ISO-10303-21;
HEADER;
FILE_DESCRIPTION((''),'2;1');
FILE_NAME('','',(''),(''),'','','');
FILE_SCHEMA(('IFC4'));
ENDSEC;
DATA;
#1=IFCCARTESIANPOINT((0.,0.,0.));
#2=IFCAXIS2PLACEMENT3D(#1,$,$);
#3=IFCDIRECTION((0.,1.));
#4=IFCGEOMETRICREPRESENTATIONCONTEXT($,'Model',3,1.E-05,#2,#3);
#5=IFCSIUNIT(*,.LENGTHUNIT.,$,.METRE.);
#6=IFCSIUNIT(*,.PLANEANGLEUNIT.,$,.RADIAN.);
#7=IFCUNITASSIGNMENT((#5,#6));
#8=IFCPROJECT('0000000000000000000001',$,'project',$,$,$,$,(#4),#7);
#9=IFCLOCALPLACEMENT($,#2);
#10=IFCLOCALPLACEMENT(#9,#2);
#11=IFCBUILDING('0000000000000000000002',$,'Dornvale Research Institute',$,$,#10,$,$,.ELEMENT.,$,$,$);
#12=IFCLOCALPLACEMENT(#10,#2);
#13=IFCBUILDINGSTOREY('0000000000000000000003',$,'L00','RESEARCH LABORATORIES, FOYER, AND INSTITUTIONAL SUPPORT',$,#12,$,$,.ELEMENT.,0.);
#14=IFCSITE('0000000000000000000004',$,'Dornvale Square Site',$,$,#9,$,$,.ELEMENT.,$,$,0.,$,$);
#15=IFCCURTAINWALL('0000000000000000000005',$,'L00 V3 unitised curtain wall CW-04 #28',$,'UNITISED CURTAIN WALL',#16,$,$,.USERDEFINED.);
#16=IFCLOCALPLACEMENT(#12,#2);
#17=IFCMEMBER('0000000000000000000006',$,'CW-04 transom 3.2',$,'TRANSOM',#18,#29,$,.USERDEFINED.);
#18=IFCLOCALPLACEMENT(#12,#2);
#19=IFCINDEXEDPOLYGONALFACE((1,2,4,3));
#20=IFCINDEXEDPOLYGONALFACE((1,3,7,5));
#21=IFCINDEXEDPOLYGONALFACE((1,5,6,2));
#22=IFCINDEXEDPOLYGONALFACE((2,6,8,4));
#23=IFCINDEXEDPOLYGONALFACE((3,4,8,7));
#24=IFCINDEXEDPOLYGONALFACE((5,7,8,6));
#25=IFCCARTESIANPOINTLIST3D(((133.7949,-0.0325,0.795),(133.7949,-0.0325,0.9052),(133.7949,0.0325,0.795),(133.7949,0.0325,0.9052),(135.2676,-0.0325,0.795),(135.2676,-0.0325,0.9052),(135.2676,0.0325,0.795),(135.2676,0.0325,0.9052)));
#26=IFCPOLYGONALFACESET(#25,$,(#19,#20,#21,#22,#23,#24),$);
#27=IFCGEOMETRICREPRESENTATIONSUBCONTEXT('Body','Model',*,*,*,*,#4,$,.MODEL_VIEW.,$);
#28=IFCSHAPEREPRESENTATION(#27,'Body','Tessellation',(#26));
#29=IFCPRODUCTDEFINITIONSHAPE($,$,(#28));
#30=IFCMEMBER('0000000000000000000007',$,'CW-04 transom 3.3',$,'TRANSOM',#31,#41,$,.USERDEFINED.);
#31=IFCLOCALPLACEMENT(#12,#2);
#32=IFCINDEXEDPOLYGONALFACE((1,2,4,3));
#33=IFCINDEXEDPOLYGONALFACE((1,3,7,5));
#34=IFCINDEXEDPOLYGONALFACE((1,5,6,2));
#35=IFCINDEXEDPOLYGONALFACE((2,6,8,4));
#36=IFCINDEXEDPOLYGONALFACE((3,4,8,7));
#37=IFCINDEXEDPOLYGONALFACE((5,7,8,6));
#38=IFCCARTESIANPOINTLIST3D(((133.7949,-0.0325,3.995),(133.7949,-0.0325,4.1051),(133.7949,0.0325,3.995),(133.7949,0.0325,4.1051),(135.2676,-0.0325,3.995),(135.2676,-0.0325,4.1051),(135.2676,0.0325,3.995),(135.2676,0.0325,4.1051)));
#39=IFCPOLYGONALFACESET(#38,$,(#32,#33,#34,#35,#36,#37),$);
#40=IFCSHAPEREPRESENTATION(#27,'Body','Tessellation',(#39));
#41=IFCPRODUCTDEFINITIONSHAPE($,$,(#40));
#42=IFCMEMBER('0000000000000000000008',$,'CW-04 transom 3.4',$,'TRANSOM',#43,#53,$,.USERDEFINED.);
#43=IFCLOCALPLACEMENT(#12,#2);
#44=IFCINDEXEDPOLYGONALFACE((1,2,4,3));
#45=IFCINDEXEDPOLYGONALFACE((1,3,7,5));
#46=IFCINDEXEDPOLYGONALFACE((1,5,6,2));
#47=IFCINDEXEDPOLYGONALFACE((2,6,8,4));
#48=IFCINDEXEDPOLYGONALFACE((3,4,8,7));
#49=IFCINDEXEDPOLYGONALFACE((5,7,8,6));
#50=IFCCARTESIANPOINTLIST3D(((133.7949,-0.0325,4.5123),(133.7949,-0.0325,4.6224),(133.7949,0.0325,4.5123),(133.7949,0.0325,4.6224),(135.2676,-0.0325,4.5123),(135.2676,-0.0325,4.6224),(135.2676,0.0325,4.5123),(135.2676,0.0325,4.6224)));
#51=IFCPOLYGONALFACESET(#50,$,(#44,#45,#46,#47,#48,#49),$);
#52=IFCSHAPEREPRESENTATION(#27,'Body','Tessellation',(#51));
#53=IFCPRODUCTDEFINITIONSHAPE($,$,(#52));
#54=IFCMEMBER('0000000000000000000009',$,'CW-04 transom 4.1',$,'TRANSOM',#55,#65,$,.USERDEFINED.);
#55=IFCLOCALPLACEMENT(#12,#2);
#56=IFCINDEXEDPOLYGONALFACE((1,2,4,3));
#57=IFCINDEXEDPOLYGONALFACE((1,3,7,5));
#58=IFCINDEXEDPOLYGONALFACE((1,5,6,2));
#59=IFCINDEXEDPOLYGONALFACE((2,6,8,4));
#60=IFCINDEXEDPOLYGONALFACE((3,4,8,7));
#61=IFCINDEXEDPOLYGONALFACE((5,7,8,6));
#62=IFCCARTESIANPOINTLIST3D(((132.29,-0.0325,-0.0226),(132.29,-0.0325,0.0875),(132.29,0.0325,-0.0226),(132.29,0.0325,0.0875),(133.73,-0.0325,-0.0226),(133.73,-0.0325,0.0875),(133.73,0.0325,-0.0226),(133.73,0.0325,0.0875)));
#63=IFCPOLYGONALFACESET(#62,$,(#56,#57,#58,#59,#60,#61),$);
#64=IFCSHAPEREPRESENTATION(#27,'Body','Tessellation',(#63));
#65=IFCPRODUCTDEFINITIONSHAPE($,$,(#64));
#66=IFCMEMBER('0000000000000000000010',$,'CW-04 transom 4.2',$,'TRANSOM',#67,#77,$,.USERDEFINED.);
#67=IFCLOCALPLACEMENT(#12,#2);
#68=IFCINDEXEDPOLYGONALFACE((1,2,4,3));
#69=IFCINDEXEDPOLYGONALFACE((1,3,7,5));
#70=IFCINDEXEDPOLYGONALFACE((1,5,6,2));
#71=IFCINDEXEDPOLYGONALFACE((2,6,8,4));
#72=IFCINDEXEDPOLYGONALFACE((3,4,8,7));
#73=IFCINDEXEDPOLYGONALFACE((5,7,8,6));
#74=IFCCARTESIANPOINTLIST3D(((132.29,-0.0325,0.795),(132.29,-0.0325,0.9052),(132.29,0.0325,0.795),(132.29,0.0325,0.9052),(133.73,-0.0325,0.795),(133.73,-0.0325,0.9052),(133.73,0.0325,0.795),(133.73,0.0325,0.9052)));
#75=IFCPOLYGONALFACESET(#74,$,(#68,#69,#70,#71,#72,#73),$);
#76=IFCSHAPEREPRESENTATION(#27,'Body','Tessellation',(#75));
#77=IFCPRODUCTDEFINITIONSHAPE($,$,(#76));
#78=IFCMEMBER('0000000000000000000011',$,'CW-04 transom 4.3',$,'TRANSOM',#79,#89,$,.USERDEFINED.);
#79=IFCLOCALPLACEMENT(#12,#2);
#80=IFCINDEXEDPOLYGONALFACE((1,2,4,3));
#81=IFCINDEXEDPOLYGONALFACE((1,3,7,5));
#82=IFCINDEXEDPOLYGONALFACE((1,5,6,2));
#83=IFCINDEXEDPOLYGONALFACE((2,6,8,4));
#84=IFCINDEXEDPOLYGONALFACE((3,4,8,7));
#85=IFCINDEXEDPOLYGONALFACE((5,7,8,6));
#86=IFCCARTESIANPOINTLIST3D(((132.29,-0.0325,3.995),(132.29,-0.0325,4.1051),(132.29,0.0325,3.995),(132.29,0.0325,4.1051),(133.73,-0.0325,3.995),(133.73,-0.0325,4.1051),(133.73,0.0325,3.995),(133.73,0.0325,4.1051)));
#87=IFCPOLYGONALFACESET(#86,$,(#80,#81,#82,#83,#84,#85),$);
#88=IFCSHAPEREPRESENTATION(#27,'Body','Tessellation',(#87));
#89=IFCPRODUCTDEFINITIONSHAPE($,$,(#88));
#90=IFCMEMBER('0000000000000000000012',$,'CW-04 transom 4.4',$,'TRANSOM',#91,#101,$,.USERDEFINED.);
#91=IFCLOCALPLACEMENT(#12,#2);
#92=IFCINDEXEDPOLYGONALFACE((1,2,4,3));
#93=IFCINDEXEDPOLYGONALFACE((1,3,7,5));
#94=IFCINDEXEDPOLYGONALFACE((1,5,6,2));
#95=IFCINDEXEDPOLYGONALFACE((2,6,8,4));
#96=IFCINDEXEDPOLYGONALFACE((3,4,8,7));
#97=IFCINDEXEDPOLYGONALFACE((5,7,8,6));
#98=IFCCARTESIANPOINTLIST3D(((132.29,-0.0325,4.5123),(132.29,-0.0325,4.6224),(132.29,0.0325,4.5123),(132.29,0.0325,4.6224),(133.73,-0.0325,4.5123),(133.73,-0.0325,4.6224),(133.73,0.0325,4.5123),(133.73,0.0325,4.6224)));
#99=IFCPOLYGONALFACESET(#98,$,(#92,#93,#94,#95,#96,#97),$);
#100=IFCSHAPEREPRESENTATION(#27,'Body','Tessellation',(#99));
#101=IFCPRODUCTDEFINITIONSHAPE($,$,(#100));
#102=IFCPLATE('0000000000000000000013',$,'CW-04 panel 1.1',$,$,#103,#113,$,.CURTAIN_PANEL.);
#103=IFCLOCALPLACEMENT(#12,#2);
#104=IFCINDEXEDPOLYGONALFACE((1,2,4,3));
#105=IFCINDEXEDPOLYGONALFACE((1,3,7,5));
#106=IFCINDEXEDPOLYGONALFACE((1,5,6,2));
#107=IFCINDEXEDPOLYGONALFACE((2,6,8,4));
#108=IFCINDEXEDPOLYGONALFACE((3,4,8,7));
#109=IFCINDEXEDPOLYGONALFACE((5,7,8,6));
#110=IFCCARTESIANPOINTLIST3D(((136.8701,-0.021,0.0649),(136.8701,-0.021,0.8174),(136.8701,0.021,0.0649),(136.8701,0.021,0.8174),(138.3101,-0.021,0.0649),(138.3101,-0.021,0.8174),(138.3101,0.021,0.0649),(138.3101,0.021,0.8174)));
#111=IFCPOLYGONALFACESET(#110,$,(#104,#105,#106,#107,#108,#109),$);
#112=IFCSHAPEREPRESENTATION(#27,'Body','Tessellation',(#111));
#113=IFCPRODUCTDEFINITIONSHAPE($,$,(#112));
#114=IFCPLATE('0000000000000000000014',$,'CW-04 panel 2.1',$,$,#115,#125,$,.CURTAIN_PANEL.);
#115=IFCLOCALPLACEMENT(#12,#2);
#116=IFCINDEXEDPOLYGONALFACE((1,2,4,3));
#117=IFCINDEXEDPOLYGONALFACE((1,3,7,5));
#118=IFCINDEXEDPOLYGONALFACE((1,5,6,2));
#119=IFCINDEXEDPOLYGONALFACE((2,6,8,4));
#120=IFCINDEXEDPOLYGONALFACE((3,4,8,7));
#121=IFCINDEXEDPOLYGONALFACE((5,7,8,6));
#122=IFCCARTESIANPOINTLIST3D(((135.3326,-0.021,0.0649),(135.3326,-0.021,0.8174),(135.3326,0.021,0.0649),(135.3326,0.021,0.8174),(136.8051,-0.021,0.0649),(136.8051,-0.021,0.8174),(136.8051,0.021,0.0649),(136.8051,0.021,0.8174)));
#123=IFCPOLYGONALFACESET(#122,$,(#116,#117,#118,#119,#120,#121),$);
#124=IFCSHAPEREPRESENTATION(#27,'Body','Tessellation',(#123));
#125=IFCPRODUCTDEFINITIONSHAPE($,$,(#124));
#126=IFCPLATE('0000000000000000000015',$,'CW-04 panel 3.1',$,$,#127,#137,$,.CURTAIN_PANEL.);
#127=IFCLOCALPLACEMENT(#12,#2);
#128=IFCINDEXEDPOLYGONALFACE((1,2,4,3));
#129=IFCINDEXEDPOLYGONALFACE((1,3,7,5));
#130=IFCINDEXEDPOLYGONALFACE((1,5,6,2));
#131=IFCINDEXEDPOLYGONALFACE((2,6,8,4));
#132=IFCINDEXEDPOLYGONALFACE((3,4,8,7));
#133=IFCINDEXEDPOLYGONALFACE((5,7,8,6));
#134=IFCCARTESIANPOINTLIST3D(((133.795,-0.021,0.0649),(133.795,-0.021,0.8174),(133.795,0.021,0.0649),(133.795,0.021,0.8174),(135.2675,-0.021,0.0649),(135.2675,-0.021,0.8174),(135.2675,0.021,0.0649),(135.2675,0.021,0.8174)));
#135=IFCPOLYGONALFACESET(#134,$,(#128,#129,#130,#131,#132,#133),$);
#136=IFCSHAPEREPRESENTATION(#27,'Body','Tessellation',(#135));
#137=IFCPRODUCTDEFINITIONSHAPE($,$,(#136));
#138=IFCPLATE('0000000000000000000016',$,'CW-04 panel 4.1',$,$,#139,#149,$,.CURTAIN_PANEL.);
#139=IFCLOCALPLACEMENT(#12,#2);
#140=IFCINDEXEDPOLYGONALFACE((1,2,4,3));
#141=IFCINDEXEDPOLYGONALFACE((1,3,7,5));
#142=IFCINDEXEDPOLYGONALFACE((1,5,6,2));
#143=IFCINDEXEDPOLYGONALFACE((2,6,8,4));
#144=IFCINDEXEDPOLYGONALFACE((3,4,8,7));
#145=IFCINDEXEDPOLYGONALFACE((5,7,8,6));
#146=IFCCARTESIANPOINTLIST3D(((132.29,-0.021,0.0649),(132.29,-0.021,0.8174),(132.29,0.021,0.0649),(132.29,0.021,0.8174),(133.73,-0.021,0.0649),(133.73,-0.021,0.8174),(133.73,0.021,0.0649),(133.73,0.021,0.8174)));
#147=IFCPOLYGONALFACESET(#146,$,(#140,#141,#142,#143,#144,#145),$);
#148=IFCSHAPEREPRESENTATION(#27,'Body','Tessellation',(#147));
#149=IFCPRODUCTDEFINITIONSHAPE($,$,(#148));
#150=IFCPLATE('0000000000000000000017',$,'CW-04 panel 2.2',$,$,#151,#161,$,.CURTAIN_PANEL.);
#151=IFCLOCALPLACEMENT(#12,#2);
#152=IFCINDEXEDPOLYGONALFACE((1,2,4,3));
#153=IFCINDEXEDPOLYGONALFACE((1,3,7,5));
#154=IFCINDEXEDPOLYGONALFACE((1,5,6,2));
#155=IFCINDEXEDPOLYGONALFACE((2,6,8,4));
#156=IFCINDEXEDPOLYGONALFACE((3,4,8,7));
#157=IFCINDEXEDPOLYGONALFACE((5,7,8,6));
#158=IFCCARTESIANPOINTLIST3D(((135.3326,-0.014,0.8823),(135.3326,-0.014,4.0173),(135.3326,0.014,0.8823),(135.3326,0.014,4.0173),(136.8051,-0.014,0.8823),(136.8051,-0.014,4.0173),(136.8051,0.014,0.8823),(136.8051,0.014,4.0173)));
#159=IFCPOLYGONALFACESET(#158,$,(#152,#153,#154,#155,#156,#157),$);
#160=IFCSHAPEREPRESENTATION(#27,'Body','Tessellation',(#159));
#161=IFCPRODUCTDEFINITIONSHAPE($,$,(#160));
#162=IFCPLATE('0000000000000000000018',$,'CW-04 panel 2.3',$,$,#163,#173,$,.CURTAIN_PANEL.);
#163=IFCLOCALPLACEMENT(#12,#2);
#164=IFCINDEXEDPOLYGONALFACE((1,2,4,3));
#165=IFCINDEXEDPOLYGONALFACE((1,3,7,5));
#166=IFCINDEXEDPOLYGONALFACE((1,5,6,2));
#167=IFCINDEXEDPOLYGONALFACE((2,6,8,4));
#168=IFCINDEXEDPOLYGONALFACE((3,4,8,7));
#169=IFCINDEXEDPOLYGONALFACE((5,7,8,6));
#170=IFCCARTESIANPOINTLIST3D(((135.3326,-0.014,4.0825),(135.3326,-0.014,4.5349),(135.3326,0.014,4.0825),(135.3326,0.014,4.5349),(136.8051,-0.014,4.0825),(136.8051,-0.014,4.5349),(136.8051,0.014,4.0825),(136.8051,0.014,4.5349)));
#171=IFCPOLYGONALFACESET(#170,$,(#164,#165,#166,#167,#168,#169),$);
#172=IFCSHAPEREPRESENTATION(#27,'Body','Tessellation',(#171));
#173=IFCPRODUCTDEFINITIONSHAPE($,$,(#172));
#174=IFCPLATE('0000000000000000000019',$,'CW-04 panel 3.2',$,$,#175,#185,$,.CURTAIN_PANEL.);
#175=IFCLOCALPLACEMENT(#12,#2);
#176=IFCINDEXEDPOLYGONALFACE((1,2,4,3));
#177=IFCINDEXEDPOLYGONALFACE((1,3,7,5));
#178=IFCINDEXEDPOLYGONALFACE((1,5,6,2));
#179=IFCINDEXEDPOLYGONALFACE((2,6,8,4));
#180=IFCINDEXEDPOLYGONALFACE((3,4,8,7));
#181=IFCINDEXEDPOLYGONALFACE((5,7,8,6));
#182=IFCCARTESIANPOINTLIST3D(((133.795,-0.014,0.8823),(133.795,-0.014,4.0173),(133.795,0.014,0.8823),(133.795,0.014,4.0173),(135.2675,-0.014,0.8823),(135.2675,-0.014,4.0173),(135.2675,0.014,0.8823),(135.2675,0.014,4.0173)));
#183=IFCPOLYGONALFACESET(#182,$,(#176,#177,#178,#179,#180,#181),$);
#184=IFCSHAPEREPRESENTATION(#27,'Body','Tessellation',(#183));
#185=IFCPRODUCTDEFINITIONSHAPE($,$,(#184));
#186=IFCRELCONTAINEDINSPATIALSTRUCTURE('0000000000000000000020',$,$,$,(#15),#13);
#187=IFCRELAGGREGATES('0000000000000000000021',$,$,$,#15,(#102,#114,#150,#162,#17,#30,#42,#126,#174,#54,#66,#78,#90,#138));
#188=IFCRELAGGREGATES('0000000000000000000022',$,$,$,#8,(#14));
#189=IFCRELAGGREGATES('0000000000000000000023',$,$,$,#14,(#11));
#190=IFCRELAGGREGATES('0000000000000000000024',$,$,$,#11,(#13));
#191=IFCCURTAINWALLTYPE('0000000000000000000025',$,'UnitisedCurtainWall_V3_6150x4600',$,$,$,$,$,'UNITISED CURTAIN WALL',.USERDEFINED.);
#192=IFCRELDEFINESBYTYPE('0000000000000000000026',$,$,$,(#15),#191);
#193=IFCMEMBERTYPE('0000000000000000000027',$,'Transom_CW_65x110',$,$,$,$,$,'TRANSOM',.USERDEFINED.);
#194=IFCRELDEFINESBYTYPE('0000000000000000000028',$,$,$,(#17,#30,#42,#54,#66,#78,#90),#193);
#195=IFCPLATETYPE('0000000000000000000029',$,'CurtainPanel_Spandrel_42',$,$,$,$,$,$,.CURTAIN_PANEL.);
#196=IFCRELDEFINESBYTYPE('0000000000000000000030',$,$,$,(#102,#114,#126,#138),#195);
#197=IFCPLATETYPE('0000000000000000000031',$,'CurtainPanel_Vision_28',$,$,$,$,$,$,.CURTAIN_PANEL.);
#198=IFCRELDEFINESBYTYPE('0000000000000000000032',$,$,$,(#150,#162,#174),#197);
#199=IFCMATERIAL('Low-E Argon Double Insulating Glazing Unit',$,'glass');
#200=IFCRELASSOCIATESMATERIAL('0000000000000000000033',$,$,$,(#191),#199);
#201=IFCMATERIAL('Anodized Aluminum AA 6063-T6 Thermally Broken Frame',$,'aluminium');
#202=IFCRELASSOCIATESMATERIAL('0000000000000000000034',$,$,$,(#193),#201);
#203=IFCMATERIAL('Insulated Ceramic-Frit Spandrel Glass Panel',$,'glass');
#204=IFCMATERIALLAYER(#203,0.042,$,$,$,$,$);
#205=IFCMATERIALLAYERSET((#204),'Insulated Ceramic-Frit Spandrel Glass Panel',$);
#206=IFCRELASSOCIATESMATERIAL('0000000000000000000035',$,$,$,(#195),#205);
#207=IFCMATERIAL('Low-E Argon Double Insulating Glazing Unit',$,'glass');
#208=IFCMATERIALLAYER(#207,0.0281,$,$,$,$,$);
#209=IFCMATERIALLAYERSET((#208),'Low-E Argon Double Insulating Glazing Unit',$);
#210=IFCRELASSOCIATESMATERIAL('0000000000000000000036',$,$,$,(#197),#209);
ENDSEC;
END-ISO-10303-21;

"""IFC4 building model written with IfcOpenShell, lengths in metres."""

from ifc_helpers import new_model, si_unit, direction, frame, origin, origin_2d, place, context, subcontext, project, spatial, rectangle, extrude, material, layer, layer_set, material_profile, profile_set, type_object, element, aggregate, save


model = new_model("IFC4")

# Units and contexts
model_context = context("Model", 3, precision=1e-05, world=origin(), true_north=direction((0.0, 1.0)))
body_context = subcontext(model_context, "Body", "Model", "MODEL_VIEW")
ifc_project = project(units=[si_unit("LENGTHUNIT", "METRE"), si_unit("PLANEANGLEUNIT", "RADIAN")], contexts=[model_context])

# Site, building, storey
site_placement = place(None, origin())
site = spatial("IfcSite", under=ifc_project, at=site_placement, Name="Dornvale Square Site", CompositionType="ELEMENT", RefElevation=0.0)
building_placement = place(site_placement, origin())
building = spatial("IfcBuilding", under=site, at=building_placement, Name="Dornvale Research Institute", CompositionType="ELEMENT")
storey_placement = place(building_placement, origin())
storey = spatial("IfcBuildingStorey", under=building, at=storey_placement, Name="L00", Description="RESEARCH LABORATORIES, FOYER, AND INSTITUTIONAL SUPPORT", CompositionType="ELEMENT", Elevation=0.0)

# Curtain wall, members, plates
ifc_material_1 = material(Name="Low-E Argon Double Insulating Glazing Unit", Category="glass")
curtain_wall_type = type_object("IfcCurtainWallType", Name="UnitisedCurtainWall_V3_6150x4600", ElementType="UNITISED CURTAIN WALL", PredefinedType="USERDEFINED", material=ifc_material_1)
curtain_wall_placement = place(storey_placement, origin())
curtain_wall = element("IfcCurtainWall", 1, at=curtain_wall_placement, inside=storey, type_object=curtain_wall_type, Name="L00 V3 unitised curtain wall CW-04 #28", ObjectType="UNITISED CURTAIN WALL", PredefinedType="USERDEFINED")
ifc_material_2 = material(Name="Anodized Aluminum AA 6063-T6 Thermally Broken Frame", Category="aluminium")
ifc_material_profile_1 = material_profile(ifc_material_2, rectangle(XDim=0.0649, YDim=0.1101, at=origin_2d()), Name="ALU TRANSOM 65x110")
ifc_profile_set_1 = profile_set([ifc_material_profile_1], Name="Anodized Aluminum AA 6063-T6 Thermally Broken Frame")
member_type_1 = type_object("IfcMemberType", Name="Transom_CW_65x110", ElementType="TRANSOM", PredefinedType="USERDEFINED", material=ifc_profile_set_1)
member_1_placement = place(storey_placement, frame((135.2676, 0.0, 0.8501), z_axis=(-1.0, 0.0, 0.0), x_axis=(0.0, -1.0, 0.0)))
member_1 = element("IfcMember", 2, at=member_1_placement, type_object=member_type_1, Name="CW-04 transom 3.2", ObjectType="TRANSOM", PredefinedType="USERDEFINED", context=body_context, shape_type="SweptSolid", body=[
    extrude(rectangle(XDim=0.0649, YDim=0.1101, at=origin_2d()), origin(), (0.0, 0.0, 1.0), 1.4727),
])
member_2_placement = place(storey_placement, frame((135.2676, 0.0, 4.05), z_axis=(-1.0, 0.0, 0.0), x_axis=(0.0, -1.0, 0.0)))
member_2 = element("IfcMember", 3, at=member_2_placement, type_object=member_type_1, Name="CW-04 transom 3.3", ObjectType="TRANSOM", PredefinedType="USERDEFINED", context=body_context, shape_type="SweptSolid", body=[
    extrude(rectangle(XDim=0.0649, YDim=0.1101, at=origin_2d()), origin(), (0.0, 0.0, 1.0), 1.4727),
])
member_3_placement = place(storey_placement, frame((135.2676, 0.0, 4.5674), z_axis=(-1.0, 0.0, 0.0), x_axis=(0.0, -1.0, 0.0)))
member_3 = element("IfcMember", 4, at=member_3_placement, type_object=member_type_1, Name="CW-04 transom 3.4", ObjectType="TRANSOM", PredefinedType="USERDEFINED", context=body_context, shape_type="SweptSolid", body=[
    extrude(rectangle(XDim=0.0649, YDim=0.1101, at=origin_2d()), origin(), (0.0, 0.0, 1.0), 1.4727),
])
member_4_placement = place(storey_placement, frame((133.73, 0.0, 0.0325), z_axis=(-1.0, 0.0, 0.0), x_axis=(0.0, -1.0, 0.0)))
member_4 = element("IfcMember", 5, at=member_4_placement, type_object=member_type_1, Name="CW-04 transom 4.1", ObjectType="TRANSOM", PredefinedType="USERDEFINED", context=body_context, shape_type="SweptSolid", body=[
    extrude(rectangle(XDim=0.0649, YDim=0.1101, at=origin_2d()), origin(), (0.0, 0.0, 1.0), 1.4399),
])
member_5_placement = place(storey_placement, frame((133.73, 0.0, 0.8501), z_axis=(-1.0, 0.0, 0.0), x_axis=(0.0, -1.0, 0.0)))
member_5 = element("IfcMember", 6, at=member_5_placement, type_object=member_type_1, Name="CW-04 transom 4.2", ObjectType="TRANSOM", PredefinedType="USERDEFINED", context=body_context, shape_type="SweptSolid", body=[
    extrude(rectangle(XDim=0.0649, YDim=0.1101, at=origin_2d()), origin(), (0.0, 0.0, 1.0), 1.4399),
])
member_6_placement = place(storey_placement, frame((133.73, 0.0, 4.05), z_axis=(-1.0, 0.0, 0.0), x_axis=(0.0, -1.0, 0.0)))
member_6 = element("IfcMember", 7, at=member_6_placement, type_object=member_type_1, Name="CW-04 transom 4.3", ObjectType="TRANSOM", PredefinedType="USERDEFINED", context=body_context, shape_type="SweptSolid", body=[
    extrude(rectangle(XDim=0.0649, YDim=0.1101, at=origin_2d()), origin(), (0.0, 0.0, 1.0), 1.4399),
])
member_7_placement = place(storey_placement, frame((133.73, 0.0, 4.5674), z_axis=(-1.0, 0.0, 0.0), x_axis=(0.0, -1.0, 0.0)))
member_7 = element("IfcMember", 8, at=member_7_placement, type_object=member_type_1, Name="CW-04 transom 4.4", ObjectType="TRANSOM", PredefinedType="USERDEFINED", context=body_context, shape_type="SweptSolid", body=[
    extrude(rectangle(XDim=0.0649, YDim=0.1101, at=origin_2d()), origin(), (0.0, 0.0, 1.0), 1.4399),
])
ifc_material_3 = material(Name="Insulated Ceramic-Frit Spandrel Glass Panel", Category="glass")
ifc_layer_1 = layer(ifc_material_3, 0.042)
ifc_layer_set_1 = layer_set([ifc_layer_1], Name="Insulated Ceramic-Frit Spandrel Glass Panel")
plate_type_1 = type_object("IfcPlateType", Name="CurtainPanel_Spandrel_42", PredefinedType="CURTAIN_PANEL", material=ifc_layer_set_1)
plate_1_placement = place(storey_placement, frame((137.5901, 0.0, 0.0649), z_axis=(0.0, 0.0, 1.0), x_axis=(-1.0, 0.0, 0.0)))
plate_1 = element("IfcPlate", 9, at=plate_1_placement, type_object=plate_type_1, Name="CW-04 panel 1.1", PredefinedType="CURTAIN_PANEL", context=body_context, shape_type="SweptSolid", body=[
    extrude(rectangle(XDim=1.4399, YDim=0.042, at=origin_2d()), origin(), (0.0, 0.0, 1.0), 0.7524),
])
plate_2_placement = place(storey_placement, frame((136.0688, 0.0, 0.0649), z_axis=(0.0, 0.0, 1.0), x_axis=(-1.0, 0.0, 0.0)))
plate_2 = element("IfcPlate", 10, at=plate_2_placement, type_object=plate_type_1, Name="CW-04 panel 2.1", PredefinedType="CURTAIN_PANEL", context=body_context, shape_type="SweptSolid", body=[
    extrude(rectangle(XDim=1.4724, YDim=0.042, at=origin_2d()), origin(), (0.0, 0.0, 1.0), 0.7524),
])
plate_3_placement = place(storey_placement, frame((134.5312, 0.0, 0.0649), z_axis=(0.0, 0.0, 1.0), x_axis=(-1.0, 0.0, 0.0)))
plate_3 = element("IfcPlate", 11, at=plate_3_placement, type_object=plate_type_1, Name="CW-04 panel 3.1", PredefinedType="CURTAIN_PANEL", context=body_context, shape_type="SweptSolid", body=[
    extrude(rectangle(XDim=1.4724, YDim=0.042, at=origin_2d()), origin(), (0.0, 0.0, 1.0), 0.7524),
])
plate_4_placement = place(storey_placement, frame((133.01, 0.0, 0.0649), z_axis=(0.0, 0.0, 1.0), x_axis=(-1.0, 0.0, 0.0)))
plate_4 = element("IfcPlate", 12, at=plate_4_placement, type_object=plate_type_1, Name="CW-04 panel 4.1", PredefinedType="CURTAIN_PANEL", context=body_context, shape_type="SweptSolid", body=[
    extrude(rectangle(XDim=1.4399, YDim=0.042, at=origin_2d()), origin(), (0.0, 0.0, 1.0), 0.7524),
])
ifc_material_4 = material(Name="Low-E Argon Double Insulating Glazing Unit", Category="glass")
ifc_layer_2 = layer(ifc_material_4, 0.0281)
ifc_layer_set_2 = layer_set([ifc_layer_2], Name="Low-E Argon Double Insulating Glazing Unit")
plate_type_2 = type_object("IfcPlateType", Name="CurtainPanel_Vision_28", PredefinedType="CURTAIN_PANEL", material=ifc_layer_set_2)
plate_5_placement = place(storey_placement, frame((136.0688, 0.0, 0.8823), z_axis=(0.0, 0.0, 1.0), x_axis=(-1.0, 0.0, 0.0)))
plate_5 = element("IfcPlate", 13, at=plate_5_placement, type_object=plate_type_2, Name="CW-04 panel 2.2", PredefinedType="CURTAIN_PANEL", context=body_context, shape_type="SweptSolid", body=[
    extrude(rectangle(XDim=1.4724, YDim=0.0281, at=origin_2d()), origin(), (0.0, 0.0, 1.0), 3.135),
])
plate_6_placement = place(storey_placement, frame((136.0688, 0.0, 4.0825), z_axis=(0.0, 0.0, 1.0), x_axis=(-1.0, 0.0, 0.0)))
plate_6 = element("IfcPlate", 14, at=plate_6_placement, type_object=plate_type_2, Name="CW-04 panel 2.3", PredefinedType="CURTAIN_PANEL", context=body_context, shape_type="SweptSolid", body=[
    extrude(rectangle(XDim=1.4724, YDim=0.0281, at=origin_2d()), origin(), (0.0, 0.0, 1.0), 0.4524),
])
plate_7_placement = place(storey_placement, frame((134.5312, 0.0, 0.8823), z_axis=(0.0, 0.0, 1.0), x_axis=(-1.0, 0.0, 0.0)))
plate_7 = element("IfcPlate", 15, at=plate_7_placement, type_object=plate_type_2, Name="CW-04 panel 3.2", PredefinedType="CURTAIN_PANEL", context=body_context, shape_type="SweptSolid", body=[
    extrude(rectangle(XDim=1.4724, YDim=0.0281, at=origin_2d()), origin(), (0.0, 0.0, 1.0), 3.135),
])
aggregate(curtain_wall, [plate_1, plate_2, plate_5, plate_6, member_1, member_2, member_3, plate_3, plate_7, member_4, member_5, member_6, member_7, plate_4])

save(model, "model.ifc")
